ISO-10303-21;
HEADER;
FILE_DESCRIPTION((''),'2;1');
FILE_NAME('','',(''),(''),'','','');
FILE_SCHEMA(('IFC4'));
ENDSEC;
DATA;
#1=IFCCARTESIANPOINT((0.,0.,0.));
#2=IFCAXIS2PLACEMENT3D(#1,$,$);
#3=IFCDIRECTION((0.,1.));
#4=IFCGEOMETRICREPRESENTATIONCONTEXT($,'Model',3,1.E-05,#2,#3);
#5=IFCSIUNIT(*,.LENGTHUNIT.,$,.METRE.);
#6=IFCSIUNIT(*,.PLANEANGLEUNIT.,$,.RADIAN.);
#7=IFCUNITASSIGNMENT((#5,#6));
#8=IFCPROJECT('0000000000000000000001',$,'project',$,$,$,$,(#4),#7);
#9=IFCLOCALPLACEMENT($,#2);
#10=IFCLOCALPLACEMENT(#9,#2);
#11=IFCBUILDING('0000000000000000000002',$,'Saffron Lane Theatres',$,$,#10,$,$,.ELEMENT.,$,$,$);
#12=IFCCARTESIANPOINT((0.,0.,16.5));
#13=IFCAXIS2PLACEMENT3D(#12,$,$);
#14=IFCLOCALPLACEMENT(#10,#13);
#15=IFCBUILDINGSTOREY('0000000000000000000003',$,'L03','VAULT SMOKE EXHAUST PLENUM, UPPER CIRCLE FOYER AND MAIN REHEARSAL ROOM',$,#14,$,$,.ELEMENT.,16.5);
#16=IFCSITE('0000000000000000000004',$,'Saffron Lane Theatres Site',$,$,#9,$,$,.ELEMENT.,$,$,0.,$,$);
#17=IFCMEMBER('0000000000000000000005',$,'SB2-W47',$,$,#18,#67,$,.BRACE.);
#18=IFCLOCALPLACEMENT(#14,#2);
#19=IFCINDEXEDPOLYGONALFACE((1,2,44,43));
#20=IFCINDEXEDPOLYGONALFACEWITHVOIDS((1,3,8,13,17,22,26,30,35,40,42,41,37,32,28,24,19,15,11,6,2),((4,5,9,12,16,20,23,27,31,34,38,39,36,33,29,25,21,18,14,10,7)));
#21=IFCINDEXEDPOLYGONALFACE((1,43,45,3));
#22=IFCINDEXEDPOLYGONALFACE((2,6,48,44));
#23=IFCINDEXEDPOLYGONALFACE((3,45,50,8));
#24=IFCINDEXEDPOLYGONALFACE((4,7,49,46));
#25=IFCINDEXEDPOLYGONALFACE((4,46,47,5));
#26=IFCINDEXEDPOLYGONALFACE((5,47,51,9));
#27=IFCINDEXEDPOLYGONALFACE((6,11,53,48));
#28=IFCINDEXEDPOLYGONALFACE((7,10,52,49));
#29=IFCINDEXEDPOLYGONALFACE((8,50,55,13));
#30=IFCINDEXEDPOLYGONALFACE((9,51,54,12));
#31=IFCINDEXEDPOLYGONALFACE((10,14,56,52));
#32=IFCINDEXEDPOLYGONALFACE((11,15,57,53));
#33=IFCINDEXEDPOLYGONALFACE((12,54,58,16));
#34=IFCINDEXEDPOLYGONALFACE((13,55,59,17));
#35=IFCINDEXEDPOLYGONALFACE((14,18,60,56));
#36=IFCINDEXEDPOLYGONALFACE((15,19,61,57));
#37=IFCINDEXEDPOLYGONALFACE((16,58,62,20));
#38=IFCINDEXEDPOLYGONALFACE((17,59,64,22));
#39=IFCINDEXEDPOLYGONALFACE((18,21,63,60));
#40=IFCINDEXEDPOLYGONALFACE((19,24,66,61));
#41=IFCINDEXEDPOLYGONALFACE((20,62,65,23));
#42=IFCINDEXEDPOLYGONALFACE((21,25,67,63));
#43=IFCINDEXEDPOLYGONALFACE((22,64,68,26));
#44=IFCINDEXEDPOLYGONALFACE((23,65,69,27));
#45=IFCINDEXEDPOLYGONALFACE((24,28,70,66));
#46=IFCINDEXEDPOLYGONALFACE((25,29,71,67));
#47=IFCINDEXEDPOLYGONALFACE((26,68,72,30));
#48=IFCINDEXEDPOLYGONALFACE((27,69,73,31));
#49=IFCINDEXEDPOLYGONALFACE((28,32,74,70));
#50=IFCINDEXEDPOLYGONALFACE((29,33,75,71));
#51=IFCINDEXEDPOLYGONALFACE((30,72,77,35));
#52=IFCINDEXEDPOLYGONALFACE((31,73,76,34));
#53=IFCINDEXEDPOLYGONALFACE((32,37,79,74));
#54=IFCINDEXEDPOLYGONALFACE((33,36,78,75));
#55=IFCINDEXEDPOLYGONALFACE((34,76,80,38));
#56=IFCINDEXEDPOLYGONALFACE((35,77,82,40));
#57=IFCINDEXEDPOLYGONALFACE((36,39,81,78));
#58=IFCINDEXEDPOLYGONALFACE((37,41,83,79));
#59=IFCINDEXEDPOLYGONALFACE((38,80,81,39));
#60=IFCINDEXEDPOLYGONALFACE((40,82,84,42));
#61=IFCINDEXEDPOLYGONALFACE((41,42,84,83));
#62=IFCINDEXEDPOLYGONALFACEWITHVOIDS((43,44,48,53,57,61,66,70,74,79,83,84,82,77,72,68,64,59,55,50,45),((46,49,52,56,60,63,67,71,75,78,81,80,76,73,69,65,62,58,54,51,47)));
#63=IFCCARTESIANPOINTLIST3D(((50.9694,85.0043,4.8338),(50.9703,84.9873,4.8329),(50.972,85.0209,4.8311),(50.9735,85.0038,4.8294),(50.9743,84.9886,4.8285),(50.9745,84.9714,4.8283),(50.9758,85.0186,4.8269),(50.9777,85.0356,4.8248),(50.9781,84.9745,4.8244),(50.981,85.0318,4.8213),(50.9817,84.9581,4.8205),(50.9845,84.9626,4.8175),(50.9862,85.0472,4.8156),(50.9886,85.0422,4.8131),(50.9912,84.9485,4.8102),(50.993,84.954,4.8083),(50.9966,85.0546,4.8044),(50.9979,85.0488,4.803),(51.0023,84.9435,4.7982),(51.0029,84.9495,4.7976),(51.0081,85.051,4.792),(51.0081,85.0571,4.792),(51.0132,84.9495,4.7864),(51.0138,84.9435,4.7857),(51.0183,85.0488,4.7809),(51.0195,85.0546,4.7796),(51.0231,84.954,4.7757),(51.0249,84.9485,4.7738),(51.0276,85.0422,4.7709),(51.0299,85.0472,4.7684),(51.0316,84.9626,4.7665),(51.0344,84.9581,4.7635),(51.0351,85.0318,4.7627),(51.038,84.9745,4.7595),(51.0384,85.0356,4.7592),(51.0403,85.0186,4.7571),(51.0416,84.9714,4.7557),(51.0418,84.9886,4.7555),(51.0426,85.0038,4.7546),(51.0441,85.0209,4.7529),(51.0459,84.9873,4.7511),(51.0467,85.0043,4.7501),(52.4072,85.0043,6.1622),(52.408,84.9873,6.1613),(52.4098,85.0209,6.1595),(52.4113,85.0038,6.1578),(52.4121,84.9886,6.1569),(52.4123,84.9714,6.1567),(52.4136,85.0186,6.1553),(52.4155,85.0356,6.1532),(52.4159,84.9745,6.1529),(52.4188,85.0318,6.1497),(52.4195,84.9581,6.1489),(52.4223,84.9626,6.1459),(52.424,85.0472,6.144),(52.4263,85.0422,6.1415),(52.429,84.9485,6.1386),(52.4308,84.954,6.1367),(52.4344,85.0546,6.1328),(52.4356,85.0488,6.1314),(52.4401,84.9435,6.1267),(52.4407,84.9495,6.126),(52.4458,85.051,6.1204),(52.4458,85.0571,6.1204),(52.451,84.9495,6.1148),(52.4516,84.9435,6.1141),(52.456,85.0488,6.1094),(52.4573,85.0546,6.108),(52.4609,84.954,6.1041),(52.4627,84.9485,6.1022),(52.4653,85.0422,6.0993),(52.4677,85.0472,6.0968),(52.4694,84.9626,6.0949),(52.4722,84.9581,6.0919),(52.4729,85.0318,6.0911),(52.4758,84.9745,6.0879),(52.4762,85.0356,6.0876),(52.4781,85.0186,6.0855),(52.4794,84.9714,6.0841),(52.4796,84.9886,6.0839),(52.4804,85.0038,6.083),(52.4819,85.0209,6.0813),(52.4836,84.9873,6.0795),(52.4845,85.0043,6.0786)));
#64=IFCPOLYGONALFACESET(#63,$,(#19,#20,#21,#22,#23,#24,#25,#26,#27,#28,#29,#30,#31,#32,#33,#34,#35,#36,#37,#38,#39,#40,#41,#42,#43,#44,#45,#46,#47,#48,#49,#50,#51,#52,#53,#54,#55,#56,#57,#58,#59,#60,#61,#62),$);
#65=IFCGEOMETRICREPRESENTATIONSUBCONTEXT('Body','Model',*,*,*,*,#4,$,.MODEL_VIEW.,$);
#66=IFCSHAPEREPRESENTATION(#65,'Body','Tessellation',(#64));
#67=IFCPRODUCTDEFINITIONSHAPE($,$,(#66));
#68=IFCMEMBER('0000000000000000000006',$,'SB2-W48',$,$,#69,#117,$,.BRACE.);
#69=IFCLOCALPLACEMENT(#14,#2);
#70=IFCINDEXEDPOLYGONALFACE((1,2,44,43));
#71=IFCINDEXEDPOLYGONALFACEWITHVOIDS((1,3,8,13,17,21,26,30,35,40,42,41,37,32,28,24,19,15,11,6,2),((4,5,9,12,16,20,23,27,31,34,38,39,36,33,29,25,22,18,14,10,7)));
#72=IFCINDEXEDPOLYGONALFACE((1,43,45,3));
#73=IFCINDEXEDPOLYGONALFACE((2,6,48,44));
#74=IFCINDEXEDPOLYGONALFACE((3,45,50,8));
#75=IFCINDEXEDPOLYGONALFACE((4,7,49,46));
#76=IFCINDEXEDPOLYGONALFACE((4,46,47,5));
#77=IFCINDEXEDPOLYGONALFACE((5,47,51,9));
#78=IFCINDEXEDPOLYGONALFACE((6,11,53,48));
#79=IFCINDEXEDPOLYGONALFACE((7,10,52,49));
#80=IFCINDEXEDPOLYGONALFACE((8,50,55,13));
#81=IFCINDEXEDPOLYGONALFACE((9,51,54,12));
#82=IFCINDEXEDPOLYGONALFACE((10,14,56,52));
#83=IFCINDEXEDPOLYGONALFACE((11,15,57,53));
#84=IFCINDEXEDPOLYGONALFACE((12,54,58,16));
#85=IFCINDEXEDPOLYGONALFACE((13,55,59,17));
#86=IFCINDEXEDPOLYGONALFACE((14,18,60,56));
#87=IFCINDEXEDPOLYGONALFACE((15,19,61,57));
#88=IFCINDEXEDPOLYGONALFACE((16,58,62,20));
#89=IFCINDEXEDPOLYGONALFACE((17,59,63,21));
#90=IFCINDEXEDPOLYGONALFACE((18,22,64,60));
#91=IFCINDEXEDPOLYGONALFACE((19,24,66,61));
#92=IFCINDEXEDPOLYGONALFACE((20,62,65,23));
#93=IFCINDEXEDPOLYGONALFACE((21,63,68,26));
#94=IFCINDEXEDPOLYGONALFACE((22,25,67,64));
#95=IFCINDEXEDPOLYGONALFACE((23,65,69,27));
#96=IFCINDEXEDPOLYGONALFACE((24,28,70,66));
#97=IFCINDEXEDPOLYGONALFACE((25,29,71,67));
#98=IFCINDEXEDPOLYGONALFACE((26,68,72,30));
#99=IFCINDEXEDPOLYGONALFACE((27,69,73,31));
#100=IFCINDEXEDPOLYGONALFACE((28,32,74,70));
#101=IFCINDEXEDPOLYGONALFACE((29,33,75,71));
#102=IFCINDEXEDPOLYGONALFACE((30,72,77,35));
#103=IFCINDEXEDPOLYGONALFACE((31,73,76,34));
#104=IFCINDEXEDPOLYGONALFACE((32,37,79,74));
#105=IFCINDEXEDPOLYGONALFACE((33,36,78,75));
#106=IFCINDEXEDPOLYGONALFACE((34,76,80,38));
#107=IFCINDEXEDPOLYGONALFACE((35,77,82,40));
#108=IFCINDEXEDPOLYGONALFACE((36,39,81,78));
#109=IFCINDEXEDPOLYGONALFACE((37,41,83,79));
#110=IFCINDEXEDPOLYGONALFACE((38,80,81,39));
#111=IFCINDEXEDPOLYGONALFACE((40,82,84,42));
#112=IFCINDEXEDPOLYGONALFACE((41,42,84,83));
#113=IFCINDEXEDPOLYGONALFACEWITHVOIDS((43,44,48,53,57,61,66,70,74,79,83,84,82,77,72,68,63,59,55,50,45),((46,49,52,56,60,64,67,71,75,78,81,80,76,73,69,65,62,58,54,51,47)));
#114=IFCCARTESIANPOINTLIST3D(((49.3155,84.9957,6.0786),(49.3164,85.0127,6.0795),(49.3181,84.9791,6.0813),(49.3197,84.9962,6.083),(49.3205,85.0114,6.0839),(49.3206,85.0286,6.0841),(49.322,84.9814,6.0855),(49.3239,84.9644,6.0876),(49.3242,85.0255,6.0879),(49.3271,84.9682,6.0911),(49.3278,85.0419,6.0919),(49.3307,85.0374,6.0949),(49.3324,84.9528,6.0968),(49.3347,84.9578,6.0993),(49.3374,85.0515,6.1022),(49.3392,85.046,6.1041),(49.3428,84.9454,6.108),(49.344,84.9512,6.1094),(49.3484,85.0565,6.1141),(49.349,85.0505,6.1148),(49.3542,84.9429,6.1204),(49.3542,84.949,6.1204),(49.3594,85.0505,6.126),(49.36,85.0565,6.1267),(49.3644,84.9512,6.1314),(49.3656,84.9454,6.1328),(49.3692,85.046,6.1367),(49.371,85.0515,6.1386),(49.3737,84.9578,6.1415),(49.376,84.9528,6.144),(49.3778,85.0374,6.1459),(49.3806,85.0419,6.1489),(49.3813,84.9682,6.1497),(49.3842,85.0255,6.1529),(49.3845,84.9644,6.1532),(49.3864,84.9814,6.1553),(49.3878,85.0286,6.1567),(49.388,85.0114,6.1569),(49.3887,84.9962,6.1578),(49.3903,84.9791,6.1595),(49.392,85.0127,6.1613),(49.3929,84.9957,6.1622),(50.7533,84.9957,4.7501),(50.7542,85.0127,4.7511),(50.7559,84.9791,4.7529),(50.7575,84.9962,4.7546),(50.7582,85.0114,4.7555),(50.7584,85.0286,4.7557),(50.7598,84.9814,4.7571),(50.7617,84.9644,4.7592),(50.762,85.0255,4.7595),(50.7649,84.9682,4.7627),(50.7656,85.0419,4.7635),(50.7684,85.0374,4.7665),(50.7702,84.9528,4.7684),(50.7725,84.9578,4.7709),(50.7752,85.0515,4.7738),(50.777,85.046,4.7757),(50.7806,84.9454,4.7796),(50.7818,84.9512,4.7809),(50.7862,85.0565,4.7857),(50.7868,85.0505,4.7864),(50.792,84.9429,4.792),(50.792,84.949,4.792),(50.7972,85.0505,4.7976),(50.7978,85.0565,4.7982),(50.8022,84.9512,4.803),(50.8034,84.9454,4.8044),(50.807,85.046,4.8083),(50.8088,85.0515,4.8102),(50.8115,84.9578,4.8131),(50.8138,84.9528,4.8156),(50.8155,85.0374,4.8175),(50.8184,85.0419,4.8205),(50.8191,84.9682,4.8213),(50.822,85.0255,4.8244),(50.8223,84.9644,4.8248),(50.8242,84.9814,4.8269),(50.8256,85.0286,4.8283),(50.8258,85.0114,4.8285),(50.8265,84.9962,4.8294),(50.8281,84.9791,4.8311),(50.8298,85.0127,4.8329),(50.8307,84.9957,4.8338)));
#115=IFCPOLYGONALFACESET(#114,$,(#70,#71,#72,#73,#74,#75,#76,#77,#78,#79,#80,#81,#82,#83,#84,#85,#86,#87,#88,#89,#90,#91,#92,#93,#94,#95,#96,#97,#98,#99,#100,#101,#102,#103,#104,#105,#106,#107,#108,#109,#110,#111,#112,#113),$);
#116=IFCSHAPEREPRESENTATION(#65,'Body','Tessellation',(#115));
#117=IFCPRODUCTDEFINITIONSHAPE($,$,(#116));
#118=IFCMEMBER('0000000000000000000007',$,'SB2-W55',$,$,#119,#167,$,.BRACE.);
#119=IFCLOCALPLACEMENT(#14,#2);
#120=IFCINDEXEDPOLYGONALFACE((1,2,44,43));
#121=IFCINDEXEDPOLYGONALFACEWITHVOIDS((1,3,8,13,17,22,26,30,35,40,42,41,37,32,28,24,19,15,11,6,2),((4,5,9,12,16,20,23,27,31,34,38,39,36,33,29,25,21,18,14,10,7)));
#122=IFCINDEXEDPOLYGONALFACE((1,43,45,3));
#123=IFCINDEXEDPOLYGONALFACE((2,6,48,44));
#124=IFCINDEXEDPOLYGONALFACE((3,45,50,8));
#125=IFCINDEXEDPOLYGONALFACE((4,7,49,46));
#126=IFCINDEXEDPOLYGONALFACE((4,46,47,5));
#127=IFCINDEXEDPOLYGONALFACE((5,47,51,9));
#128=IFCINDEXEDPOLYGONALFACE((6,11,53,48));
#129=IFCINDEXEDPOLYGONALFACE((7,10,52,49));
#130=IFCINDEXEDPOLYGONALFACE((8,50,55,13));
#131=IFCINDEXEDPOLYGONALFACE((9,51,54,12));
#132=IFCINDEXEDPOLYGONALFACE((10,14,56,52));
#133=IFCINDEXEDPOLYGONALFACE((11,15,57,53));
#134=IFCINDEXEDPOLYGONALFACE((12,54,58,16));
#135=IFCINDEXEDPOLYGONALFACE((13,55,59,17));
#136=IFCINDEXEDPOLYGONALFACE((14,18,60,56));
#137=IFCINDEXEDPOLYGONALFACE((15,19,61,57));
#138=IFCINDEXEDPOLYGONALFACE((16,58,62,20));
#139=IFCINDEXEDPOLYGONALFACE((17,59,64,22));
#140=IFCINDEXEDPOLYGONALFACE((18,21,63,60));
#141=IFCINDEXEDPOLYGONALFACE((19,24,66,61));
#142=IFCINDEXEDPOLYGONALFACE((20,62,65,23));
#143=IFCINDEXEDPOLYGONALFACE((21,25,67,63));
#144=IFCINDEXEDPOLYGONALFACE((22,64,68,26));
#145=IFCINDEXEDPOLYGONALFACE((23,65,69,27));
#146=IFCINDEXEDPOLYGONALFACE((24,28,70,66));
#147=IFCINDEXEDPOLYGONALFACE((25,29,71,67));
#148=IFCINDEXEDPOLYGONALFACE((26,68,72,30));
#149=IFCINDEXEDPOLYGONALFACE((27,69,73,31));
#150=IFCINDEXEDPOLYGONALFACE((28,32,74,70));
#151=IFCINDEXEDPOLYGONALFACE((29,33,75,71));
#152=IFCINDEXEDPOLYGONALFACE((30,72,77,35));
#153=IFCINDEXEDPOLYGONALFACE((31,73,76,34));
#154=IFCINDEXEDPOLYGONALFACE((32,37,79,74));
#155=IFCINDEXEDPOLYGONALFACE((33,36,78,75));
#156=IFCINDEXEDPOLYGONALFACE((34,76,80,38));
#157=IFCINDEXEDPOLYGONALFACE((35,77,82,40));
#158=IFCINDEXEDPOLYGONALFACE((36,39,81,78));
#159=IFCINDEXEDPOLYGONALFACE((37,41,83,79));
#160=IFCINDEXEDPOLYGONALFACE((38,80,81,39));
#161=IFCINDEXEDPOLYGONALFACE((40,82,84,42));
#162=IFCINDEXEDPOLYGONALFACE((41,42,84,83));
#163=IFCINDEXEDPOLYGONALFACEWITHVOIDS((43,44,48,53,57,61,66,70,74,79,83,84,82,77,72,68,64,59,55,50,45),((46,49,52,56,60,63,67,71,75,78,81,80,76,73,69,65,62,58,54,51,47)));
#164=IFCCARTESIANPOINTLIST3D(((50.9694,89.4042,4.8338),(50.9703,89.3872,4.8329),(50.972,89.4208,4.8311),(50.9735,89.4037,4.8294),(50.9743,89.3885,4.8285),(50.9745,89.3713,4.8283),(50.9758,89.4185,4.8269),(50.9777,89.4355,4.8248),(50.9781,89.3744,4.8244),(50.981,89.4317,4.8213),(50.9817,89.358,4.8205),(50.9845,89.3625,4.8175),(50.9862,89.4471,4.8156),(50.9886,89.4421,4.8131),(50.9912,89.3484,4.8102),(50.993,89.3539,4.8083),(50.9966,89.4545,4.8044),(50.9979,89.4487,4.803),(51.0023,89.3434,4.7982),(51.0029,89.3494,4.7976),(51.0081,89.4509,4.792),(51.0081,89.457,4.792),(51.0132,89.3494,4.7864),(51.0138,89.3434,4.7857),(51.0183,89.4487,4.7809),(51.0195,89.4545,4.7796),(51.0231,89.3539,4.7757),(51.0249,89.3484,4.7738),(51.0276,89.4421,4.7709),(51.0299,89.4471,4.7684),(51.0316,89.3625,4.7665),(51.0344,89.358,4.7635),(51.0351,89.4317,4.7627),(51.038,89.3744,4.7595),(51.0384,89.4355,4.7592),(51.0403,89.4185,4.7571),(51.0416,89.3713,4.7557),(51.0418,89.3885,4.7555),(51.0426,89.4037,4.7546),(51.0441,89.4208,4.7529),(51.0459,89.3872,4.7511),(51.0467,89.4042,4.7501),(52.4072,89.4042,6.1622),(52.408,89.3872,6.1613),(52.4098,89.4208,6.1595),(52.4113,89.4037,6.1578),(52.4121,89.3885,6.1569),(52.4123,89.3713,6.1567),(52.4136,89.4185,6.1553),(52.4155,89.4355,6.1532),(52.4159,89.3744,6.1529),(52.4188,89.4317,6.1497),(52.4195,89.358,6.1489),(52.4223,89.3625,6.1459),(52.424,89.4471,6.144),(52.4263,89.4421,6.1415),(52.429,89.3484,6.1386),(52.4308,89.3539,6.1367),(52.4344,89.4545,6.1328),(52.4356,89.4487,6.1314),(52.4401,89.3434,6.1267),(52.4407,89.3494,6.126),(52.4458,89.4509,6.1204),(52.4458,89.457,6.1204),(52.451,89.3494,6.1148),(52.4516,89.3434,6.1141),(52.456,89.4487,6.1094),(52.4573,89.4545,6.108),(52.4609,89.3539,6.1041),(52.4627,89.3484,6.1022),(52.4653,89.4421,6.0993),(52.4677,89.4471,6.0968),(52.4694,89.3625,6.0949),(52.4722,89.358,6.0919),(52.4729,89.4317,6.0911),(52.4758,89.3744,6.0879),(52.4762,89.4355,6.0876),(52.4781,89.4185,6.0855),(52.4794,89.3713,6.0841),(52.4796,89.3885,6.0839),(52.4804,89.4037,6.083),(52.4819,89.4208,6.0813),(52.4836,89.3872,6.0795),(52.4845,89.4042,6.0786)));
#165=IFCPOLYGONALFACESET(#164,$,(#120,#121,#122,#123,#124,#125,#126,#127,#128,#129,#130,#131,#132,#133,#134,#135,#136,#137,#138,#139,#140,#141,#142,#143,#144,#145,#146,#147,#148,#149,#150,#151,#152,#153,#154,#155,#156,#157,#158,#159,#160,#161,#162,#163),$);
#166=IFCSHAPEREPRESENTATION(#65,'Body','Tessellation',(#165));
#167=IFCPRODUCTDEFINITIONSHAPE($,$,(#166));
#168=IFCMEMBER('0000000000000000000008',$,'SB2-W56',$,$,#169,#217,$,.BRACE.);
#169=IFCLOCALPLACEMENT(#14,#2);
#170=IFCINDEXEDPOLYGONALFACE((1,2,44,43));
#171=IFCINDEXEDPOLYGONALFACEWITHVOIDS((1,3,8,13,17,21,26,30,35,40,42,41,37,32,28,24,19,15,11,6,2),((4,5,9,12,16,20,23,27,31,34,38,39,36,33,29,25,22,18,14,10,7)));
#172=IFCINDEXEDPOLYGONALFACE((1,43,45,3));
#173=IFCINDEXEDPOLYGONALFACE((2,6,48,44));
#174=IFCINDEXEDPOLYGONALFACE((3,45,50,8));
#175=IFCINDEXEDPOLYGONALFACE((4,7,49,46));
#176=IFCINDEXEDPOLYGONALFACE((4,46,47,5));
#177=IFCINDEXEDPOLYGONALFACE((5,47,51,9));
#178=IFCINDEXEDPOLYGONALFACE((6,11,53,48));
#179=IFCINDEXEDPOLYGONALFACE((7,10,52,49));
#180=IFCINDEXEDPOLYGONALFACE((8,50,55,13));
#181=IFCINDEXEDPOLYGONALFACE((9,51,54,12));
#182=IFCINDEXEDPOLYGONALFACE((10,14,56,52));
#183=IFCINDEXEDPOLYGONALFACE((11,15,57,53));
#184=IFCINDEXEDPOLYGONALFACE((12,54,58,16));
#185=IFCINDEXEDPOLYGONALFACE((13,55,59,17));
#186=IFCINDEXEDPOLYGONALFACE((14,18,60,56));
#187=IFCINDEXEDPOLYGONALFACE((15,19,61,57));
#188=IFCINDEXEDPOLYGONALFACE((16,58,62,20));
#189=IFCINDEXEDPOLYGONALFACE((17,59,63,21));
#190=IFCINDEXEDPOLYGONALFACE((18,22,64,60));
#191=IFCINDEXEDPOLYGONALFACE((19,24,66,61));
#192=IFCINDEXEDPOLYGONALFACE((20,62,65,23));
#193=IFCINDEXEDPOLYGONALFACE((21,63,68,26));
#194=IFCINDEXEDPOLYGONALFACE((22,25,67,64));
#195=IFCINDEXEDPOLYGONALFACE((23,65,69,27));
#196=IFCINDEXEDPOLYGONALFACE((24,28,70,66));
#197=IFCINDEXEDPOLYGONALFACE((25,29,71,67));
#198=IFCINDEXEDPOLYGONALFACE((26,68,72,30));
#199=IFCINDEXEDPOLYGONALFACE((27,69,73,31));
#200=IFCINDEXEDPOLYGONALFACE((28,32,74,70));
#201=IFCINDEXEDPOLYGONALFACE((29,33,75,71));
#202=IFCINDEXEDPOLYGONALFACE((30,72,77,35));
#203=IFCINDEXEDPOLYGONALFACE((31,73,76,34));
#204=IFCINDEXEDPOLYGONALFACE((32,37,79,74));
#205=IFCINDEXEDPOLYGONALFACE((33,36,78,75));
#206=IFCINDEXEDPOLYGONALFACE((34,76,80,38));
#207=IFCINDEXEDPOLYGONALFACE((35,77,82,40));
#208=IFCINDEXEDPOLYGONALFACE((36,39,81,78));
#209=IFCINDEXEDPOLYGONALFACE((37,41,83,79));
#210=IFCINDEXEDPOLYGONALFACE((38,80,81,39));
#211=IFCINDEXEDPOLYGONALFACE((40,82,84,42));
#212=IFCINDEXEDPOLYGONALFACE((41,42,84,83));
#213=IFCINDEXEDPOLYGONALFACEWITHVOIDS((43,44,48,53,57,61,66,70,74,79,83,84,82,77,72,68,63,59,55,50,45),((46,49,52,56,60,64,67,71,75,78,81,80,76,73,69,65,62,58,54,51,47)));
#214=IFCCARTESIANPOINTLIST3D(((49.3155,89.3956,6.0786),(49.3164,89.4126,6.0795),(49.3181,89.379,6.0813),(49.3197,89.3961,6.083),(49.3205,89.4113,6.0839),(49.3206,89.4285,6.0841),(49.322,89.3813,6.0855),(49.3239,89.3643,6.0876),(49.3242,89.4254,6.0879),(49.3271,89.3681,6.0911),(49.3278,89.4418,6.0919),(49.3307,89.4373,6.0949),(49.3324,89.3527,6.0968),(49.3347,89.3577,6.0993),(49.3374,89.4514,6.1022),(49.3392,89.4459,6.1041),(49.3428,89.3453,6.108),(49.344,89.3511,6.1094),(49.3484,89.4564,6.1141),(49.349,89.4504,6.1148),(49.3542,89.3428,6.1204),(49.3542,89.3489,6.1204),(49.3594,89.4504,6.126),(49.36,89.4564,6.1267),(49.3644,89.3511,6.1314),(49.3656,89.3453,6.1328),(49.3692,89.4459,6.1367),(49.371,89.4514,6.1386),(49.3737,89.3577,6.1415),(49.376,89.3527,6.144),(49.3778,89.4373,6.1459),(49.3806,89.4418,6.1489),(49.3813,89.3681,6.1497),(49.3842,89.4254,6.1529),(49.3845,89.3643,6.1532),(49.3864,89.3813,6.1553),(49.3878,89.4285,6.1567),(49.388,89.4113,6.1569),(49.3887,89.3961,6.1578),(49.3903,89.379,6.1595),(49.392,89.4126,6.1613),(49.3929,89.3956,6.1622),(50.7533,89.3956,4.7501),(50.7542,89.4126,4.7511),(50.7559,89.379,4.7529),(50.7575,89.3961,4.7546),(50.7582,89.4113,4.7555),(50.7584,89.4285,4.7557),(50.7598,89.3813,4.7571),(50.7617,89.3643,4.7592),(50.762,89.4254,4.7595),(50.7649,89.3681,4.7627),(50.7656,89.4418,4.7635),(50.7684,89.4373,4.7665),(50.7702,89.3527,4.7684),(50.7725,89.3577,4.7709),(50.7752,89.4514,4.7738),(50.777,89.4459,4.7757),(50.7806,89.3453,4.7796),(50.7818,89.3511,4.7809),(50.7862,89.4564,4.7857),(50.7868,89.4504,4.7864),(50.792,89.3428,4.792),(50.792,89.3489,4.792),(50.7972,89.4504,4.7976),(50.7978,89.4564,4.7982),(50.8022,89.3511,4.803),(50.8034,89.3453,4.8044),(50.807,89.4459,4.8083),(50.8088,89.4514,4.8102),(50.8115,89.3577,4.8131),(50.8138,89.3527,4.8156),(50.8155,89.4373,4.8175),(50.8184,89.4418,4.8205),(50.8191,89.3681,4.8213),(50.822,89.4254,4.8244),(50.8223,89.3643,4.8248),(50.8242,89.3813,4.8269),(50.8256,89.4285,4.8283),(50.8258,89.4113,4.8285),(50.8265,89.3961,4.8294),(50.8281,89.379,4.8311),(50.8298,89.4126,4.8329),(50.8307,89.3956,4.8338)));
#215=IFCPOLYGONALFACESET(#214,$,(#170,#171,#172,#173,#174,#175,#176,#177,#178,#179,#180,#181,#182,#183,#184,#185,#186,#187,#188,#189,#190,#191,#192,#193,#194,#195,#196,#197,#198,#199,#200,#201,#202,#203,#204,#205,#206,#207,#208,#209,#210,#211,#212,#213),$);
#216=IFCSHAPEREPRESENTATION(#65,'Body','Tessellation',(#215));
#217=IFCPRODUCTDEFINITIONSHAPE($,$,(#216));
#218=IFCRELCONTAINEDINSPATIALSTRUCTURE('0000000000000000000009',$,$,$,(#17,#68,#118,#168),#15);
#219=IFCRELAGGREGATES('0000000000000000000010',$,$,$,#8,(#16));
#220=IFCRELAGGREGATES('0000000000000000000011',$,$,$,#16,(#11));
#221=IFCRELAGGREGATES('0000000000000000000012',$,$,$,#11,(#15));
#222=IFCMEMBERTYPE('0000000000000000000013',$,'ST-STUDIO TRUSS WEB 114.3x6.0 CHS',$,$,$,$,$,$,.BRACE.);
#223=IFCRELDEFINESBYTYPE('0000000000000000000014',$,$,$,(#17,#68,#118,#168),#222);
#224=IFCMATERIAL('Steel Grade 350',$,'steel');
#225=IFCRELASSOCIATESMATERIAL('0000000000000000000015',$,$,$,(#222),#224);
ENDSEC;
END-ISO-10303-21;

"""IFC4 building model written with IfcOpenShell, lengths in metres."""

from ifc_helpers import new_model, si_unit, direction, frame, origin, origin_2d, place, context, subcontext, project, spatial, hollow_circle, extrude, material, material_profile, profile_set, type_object, element, save


model = new_model("IFC4")

# Units and contexts
model_context = context("Model", 3, precision=1e-05, world=origin(), true_north=direction((0.0, 1.0)))
body_context = subcontext(model_context, "Body", "Model", "MODEL_VIEW")
ifc_project = project(units=[si_unit("LENGTHUNIT", "METRE"), si_unit("PLANEANGLEUNIT", "RADIAN")], contexts=[model_context])

# Site, building, storey
site_placement = place(None, origin())
site = spatial("IfcSite", under=ifc_project, at=site_placement, Name="Saffron Lane Theatres Site", CompositionType="ELEMENT", RefElevation=0.0)
building_placement = place(site_placement, origin())
building = spatial("IfcBuilding", under=site, at=building_placement, Name="Saffron Lane Theatres", CompositionType="ELEMENT")
storey_placement = place(building_placement, frame((0.0, 0.0, 16.5)))
storey = spatial("IfcBuildingStorey", under=building, at=storey_placement, Name="L03", Description="VAULT SMOKE EXHAUST PLENUM, UPPER CIRCLE FOYER AND MAIN REHEARSAL ROOM", CompositionType="ELEMENT", Elevation=16.5)

# Members
ifc_material_1 = material(Name="Steel Grade 350", Category="steel")
ifc_material_profile_1 = material_profile(ifc_material_1, hollow_circle(Radius=0.0571, WallThickness=0.0061, at=origin_2d()))
ifc_profile_set_1 = profile_set([ifc_material_profile_1], Name="Steel Grade 350")
member_type_1 = type_object("IfcMemberType", Name="ST-STUDIO TRUSS WEB 114.3x6.0 CHS", PredefinedType="BRACE", material=ifc_profile_set_1)
for number, where, z_axis, x_axis, name in (
    (1, (51.0081, 85.0, 4.792), (0.734493, 0.0, 0.678617), (0.0, 1.0, 0.0), "SB2-W47"),
    (2, (50.792, 85.0, 4.792), (-0.734493, 0.0, 0.678617), (0.0, -1.0, 0.0), "SB2-W48"),
    (3, (51.0081, 89.3999, 4.792), (0.734493, 0.0, 0.678617), (0.0, 1.0, 0.0), "SB2-W55"),
    (4, (50.792, 89.3999, 4.792), (-0.734493, 0.0, 0.678617), (0.0, -1.0, 0.0), "SB2-W56"),
):
    element("IfcMember", number, at=place(storey_placement, frame(where, z_axis=z_axis, x_axis=x_axis)), inside=storey, type_object=member_type_1, Name=name, PredefinedType="BRACE", context=body_context, shape_type="SweptSolid", body=[
        extrude(hollow_circle(Radius=0.0571, WallThickness=0.0061, at=origin_2d()), origin(), (0.0, 0.0, 1.0), 1.9575),
    ])

save(model, "model.ifc")
